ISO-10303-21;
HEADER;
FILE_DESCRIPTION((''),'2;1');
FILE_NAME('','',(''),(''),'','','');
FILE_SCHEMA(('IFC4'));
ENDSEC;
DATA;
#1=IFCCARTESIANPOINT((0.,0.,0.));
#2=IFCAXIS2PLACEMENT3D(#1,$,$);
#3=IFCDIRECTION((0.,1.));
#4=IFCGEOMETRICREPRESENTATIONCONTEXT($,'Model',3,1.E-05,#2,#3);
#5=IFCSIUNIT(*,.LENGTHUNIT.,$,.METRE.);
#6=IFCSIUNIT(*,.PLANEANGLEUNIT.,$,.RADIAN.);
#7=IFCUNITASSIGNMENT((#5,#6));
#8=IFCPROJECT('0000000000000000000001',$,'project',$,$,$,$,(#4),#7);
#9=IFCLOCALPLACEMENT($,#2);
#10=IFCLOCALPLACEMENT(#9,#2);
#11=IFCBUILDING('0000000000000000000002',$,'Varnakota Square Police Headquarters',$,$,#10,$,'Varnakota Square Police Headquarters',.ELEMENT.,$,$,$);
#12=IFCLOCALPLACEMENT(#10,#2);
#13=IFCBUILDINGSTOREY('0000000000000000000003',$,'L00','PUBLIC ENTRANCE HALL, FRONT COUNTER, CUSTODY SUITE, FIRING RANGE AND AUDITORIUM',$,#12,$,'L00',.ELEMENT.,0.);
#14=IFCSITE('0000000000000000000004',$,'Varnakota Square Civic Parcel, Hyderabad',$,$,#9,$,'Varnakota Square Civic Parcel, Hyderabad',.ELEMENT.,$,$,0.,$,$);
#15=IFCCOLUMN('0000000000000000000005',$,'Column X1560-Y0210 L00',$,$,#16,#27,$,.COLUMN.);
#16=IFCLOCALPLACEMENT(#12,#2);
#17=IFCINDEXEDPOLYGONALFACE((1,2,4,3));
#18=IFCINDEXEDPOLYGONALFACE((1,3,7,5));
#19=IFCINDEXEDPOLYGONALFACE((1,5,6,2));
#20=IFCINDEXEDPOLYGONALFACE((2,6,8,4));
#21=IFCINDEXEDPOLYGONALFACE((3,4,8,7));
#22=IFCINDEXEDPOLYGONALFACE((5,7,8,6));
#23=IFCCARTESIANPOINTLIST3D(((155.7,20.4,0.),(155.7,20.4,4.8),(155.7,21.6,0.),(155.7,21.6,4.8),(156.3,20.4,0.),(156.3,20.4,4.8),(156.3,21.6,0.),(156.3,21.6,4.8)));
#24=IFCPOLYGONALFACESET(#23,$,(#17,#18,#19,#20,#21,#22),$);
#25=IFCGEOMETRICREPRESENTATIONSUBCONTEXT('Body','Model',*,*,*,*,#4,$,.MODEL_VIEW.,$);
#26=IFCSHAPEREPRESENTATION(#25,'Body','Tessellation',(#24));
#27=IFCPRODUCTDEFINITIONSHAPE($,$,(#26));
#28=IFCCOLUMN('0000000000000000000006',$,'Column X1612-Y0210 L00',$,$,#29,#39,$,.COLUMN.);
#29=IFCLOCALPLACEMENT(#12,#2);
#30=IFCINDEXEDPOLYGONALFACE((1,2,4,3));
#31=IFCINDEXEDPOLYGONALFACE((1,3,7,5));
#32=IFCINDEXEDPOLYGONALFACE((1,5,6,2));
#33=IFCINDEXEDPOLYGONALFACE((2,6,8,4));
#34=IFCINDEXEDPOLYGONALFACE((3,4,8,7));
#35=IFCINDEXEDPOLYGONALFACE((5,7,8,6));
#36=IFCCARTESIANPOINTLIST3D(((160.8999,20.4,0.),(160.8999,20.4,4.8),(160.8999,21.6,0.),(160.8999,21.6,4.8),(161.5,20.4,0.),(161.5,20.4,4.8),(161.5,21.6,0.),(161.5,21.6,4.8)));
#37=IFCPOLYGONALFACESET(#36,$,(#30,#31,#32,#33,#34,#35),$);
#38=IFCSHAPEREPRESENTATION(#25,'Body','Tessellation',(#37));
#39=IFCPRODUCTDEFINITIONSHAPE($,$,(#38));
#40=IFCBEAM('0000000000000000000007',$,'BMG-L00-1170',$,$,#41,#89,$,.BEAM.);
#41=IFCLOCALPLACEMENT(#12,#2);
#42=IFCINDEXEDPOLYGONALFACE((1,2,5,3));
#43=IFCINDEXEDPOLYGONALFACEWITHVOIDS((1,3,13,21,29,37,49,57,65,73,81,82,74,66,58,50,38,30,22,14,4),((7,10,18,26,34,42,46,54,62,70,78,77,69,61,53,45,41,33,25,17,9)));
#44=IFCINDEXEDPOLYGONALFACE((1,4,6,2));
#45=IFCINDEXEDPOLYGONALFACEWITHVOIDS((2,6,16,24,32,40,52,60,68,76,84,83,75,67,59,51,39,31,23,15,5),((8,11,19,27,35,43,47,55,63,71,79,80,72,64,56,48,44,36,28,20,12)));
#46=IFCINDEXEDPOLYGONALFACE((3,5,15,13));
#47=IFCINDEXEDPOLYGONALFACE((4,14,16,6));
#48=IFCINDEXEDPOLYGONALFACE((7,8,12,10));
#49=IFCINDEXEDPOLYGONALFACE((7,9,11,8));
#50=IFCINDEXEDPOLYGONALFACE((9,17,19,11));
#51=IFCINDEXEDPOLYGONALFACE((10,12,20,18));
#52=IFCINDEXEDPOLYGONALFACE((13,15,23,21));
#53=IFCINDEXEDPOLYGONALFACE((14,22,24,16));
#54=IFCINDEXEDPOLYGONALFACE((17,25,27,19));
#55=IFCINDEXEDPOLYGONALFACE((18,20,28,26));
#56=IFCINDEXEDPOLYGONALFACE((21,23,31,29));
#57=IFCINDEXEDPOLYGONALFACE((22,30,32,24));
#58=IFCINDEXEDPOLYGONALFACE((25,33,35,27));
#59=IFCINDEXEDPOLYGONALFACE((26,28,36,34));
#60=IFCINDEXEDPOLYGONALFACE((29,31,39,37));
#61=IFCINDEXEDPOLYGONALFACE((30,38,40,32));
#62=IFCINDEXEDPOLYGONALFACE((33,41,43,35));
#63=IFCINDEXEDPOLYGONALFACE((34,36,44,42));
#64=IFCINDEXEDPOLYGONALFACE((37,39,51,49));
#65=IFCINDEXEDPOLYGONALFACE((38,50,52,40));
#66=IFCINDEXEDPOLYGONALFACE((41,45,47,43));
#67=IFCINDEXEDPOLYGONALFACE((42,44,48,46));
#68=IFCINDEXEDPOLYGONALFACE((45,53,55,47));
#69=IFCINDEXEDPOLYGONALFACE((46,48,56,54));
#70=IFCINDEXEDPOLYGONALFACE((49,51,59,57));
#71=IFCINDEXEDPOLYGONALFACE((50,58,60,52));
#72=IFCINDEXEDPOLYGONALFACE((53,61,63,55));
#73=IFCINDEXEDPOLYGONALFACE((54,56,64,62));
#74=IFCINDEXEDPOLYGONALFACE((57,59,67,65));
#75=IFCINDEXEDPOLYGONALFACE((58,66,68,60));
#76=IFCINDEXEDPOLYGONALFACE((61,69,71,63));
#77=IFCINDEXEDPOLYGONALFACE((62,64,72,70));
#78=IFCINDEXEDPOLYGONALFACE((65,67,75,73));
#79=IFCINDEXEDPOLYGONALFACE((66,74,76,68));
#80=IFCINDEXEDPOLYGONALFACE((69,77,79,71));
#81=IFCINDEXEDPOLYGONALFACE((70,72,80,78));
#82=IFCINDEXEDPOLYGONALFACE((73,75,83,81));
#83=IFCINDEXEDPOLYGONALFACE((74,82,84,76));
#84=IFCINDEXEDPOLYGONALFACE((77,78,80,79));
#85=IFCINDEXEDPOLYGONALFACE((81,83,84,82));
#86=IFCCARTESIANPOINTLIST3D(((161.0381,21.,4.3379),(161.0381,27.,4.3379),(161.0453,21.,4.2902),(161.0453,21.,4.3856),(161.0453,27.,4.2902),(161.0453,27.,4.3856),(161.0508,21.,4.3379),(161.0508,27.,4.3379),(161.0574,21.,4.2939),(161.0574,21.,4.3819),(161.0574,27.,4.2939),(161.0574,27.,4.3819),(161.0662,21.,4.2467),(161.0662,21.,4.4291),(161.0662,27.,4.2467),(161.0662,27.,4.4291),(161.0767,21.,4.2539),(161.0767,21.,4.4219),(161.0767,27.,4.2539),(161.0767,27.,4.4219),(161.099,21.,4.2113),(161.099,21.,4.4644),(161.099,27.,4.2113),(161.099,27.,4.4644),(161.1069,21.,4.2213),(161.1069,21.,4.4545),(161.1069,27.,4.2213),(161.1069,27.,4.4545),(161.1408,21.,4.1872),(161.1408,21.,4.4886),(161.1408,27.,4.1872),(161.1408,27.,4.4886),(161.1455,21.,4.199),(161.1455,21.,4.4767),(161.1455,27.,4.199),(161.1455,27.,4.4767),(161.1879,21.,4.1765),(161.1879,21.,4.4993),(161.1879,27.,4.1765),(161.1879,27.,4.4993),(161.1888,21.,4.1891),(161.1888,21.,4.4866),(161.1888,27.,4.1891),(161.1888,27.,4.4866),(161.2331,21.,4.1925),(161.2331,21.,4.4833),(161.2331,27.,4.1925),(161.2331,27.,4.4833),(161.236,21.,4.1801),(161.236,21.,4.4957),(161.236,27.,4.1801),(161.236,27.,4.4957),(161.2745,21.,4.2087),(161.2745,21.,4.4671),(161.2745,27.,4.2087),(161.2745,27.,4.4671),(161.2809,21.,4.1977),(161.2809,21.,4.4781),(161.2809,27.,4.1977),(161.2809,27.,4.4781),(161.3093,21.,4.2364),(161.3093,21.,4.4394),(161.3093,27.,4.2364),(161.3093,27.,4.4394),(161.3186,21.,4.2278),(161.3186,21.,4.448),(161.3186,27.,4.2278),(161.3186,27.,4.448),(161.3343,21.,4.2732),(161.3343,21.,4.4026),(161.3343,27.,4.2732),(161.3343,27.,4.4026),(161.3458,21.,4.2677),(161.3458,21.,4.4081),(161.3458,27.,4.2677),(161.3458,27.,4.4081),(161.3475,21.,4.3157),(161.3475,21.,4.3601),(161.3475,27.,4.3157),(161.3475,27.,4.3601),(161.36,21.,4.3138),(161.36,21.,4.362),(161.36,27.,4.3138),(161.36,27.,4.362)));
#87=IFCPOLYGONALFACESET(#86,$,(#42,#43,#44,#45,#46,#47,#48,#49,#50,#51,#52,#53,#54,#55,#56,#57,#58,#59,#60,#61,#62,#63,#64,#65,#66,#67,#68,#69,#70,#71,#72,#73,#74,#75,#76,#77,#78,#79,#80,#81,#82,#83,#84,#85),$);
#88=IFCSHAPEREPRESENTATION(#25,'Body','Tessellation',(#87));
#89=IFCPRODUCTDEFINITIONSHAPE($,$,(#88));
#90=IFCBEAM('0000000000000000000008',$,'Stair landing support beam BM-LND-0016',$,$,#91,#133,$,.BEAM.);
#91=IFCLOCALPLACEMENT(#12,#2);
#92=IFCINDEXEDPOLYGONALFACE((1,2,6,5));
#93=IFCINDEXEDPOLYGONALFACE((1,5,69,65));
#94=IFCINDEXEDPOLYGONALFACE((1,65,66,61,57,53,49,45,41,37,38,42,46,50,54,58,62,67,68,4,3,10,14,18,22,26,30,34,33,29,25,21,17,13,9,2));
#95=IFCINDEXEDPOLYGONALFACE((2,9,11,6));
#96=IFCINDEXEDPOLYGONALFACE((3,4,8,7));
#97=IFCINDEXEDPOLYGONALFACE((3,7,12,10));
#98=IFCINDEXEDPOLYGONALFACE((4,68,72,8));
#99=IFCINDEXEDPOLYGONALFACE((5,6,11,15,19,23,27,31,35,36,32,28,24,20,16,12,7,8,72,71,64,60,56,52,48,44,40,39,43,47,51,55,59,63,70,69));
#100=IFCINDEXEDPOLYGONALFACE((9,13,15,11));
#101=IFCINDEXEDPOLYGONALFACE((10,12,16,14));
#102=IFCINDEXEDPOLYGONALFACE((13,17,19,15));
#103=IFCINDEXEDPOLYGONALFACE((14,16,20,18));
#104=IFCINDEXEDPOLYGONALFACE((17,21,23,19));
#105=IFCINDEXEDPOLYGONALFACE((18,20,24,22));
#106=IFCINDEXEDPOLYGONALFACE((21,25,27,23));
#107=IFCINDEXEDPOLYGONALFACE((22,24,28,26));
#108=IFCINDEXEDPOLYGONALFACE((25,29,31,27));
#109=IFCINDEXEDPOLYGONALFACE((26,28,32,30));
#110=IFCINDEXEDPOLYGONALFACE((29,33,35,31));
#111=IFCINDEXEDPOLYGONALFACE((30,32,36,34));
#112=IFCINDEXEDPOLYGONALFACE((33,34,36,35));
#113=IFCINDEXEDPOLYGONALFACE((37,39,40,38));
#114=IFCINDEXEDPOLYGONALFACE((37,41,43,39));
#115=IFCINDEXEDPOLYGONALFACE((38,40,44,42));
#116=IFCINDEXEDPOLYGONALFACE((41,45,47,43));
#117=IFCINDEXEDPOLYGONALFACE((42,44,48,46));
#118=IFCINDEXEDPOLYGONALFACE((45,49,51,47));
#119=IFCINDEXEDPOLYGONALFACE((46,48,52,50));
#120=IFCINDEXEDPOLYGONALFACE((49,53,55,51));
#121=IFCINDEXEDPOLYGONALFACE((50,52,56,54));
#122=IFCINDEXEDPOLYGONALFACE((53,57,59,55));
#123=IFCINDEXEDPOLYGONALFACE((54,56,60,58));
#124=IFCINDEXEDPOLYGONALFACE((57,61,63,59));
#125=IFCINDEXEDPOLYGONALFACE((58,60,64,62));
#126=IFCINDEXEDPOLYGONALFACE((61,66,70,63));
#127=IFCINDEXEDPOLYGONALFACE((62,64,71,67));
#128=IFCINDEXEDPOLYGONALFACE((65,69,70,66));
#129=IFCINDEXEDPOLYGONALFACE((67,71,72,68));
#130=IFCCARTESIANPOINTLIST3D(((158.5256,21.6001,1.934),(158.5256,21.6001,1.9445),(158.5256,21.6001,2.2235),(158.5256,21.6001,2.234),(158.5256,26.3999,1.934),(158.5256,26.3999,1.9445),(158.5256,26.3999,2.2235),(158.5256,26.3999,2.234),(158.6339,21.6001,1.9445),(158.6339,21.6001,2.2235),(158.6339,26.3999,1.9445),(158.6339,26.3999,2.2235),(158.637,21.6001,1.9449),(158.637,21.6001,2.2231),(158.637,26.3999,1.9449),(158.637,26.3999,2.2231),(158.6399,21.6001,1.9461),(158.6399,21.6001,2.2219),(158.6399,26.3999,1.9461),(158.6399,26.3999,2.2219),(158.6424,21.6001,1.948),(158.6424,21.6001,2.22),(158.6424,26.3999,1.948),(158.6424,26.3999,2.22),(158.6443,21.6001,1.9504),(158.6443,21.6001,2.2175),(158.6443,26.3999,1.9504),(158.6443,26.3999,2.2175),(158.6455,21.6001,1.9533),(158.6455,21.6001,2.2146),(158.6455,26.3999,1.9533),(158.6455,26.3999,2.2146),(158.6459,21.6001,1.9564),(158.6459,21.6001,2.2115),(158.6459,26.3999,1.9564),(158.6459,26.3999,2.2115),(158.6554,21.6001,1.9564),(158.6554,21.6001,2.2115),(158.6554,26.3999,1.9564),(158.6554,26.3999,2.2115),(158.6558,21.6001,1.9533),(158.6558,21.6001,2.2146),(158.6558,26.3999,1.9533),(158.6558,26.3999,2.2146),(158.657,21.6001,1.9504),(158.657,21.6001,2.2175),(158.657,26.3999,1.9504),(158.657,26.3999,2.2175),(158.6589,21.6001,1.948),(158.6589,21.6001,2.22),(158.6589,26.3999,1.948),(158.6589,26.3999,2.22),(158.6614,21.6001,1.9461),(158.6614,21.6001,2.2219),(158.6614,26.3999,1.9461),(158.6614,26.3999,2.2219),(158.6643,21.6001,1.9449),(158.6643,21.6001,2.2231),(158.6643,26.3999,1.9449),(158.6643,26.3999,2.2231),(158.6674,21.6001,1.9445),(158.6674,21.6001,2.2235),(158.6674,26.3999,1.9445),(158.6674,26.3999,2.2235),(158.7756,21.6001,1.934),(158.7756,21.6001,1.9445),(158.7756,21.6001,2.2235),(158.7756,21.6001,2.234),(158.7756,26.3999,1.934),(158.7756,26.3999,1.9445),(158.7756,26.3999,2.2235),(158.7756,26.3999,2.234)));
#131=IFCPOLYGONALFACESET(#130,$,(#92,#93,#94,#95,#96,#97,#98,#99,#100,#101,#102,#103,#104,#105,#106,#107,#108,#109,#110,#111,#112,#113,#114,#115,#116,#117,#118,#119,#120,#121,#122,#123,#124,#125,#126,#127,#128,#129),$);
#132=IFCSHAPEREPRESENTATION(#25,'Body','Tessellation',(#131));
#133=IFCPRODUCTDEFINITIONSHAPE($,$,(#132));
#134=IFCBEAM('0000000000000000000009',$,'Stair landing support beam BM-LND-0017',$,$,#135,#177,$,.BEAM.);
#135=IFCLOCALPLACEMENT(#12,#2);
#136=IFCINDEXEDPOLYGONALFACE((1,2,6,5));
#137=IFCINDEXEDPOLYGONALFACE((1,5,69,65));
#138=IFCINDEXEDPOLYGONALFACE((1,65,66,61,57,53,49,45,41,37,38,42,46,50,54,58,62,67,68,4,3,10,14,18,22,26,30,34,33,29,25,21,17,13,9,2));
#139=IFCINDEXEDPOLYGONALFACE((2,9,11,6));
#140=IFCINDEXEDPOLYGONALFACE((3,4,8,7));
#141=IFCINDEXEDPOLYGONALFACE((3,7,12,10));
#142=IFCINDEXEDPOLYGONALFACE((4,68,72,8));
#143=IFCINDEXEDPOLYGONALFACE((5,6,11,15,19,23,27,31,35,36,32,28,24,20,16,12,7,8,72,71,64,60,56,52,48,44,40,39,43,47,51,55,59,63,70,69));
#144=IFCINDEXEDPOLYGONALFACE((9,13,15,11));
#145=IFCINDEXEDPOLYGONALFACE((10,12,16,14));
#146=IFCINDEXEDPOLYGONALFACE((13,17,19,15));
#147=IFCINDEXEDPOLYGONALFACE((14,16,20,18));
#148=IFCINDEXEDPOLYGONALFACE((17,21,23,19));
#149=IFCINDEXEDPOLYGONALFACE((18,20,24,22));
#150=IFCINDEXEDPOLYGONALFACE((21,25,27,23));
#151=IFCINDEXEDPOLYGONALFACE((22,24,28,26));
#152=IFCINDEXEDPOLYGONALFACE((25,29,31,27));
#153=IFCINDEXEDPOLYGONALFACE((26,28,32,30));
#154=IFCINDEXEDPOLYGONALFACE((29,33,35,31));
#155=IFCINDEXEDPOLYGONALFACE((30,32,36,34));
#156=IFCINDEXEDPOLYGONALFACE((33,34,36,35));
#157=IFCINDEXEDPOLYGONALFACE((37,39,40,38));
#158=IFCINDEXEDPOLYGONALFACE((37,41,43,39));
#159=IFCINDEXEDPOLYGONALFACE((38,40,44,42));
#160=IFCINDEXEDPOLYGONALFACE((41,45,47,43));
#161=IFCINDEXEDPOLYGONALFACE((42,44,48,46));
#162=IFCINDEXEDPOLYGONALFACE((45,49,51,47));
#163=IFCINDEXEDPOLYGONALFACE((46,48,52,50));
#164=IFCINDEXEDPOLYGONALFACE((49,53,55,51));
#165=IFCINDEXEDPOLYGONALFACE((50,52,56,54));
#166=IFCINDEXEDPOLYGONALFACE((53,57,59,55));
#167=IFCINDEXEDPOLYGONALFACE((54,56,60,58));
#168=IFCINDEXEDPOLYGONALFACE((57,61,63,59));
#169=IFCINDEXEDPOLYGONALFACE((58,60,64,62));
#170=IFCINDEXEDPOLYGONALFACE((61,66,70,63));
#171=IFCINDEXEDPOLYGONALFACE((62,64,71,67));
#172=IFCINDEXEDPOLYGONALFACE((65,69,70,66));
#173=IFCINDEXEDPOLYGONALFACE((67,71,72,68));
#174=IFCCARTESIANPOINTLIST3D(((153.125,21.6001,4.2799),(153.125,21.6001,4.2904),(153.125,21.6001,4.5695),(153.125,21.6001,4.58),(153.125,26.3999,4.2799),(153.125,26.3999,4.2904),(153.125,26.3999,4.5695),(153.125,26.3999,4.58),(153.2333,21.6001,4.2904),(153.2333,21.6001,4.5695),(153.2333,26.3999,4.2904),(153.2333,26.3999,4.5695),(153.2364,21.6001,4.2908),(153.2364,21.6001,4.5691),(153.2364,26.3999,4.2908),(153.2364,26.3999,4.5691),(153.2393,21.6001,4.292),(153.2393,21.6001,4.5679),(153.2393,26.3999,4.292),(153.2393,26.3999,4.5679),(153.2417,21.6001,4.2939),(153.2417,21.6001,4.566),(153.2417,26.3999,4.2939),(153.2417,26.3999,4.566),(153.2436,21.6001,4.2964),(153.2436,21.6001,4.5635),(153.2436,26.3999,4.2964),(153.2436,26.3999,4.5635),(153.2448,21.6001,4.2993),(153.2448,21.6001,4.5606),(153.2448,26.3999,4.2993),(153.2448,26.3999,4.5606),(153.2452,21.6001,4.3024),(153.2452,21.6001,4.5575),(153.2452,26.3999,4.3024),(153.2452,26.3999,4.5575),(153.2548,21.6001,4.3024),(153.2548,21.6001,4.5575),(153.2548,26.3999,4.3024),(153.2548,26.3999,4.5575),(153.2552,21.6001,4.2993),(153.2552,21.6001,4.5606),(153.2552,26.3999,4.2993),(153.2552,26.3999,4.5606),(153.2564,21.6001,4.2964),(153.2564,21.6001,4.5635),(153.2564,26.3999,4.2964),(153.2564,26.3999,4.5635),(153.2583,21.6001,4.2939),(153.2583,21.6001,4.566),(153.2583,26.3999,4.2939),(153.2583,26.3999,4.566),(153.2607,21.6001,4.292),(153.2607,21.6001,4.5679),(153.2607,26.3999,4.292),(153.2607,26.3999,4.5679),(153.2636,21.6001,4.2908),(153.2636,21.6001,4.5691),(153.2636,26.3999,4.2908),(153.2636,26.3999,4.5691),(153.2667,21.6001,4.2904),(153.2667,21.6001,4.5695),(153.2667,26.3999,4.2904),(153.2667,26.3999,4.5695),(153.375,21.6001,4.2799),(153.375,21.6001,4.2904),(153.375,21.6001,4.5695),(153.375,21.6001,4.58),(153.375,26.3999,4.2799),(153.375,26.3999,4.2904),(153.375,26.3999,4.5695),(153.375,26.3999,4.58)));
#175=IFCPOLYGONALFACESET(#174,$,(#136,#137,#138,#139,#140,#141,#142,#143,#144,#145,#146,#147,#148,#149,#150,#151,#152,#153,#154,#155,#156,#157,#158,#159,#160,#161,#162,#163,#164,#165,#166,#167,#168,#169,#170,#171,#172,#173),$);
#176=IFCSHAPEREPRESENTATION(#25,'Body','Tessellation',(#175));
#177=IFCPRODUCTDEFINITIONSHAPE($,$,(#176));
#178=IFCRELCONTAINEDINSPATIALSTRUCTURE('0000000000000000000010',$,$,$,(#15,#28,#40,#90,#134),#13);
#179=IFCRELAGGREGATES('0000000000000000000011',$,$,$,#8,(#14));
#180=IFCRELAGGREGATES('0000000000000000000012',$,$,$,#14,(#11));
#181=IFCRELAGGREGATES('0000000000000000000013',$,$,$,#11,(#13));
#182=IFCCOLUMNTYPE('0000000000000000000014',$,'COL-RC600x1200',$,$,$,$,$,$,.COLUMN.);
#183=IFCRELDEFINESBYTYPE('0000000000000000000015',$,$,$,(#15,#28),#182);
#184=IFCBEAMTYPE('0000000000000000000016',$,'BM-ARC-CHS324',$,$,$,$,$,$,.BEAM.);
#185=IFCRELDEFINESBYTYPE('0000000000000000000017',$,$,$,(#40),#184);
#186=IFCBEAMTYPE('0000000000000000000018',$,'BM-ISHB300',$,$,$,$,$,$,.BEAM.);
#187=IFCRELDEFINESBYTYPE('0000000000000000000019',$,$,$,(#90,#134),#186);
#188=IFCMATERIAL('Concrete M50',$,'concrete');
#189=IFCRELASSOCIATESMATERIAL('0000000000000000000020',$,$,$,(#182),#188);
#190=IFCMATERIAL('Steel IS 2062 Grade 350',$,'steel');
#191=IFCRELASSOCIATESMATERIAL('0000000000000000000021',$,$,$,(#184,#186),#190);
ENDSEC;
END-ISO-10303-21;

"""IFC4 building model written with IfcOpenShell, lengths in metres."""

from ifc_helpers import new_model, si_unit, direction, frame, origin, origin_2d, place, context, subcontext, project, spatial, rectangle, hollow_circle, i_section, extrude, material, material_profile, profile_set, type_object, element, save


model = new_model("IFC4")

# Units and contexts
model_context = context("Model", 3, precision=1e-05, world=origin(), true_north=direction((0.0, 1.0)))
body_context = subcontext(model_context, "Body", "Model", "MODEL_VIEW")
ifc_project = project(units=[si_unit("LENGTHUNIT", "METRE"), si_unit("PLANEANGLEUNIT", "RADIAN")], contexts=[model_context])

# Site, building, storey
site_placement = place(None, origin())
site = spatial("IfcSite", under=ifc_project, at=site_placement, Name="Varnakota Square Civic Parcel, Hyderabad", LongName="Varnakota Square Civic Parcel, Hyderabad", CompositionType="ELEMENT", RefElevation=0.0)
building_placement = place(site_placement, origin())
building = spatial("IfcBuilding", under=site, at=building_placement, Name="Varnakota Square Police Headquarters", LongName="Varnakota Square Police Headquarters", CompositionType="ELEMENT")
storey_placement = place(building_placement, origin())
storey = spatial("IfcBuildingStorey", under=building, at=storey_placement, Name="L00", Description="PUBLIC ENTRANCE HALL, FRONT COUNTER, CUSTODY SUITE, FIRING RANGE AND AUDITORIUM", LongName="L00", CompositionType="ELEMENT", Elevation=0.0)

# Columns
ifc_material_1 = material(Name="Concrete M50", Category="concrete")
ifc_material_profile_1 = material_profile(ifc_material_1, rectangle(XDim=0.6001, YDim=1.2, at=origin_2d()), Name="RC 600x1200")
ifc_profile_set_1 = profile_set([ifc_material_profile_1], Name="Concrete M50")
column_type = type_object("IfcColumnType", Name="COL-RC600x1200", PredefinedType="COLUMN", material=ifc_profile_set_1)
for number, where, z_axis, x_axis, name in (
    (1, (156.0, 21.0, 0.0), (0.0, 0.0, 1.0), (1.0, 0.0, 0.0), "Column X1560-Y0210 L00"),
    (2, (161.2, 21.0, 0.0), (0.0, 0.0, 1.0), (1.0, 0.0, 0.0), "Column X1612-Y0210 L00"),
):
    element("IfcColumn", number, at=place(storey_placement, frame(where, z_axis=z_axis, x_axis=x_axis)), inside=storey, type_object=column_type, Name=name, PredefinedType="COLUMN", context=body_context, shape_type="SweptSolid", body=[
        extrude(rectangle(XDim=0.6001, YDim=1.2, at=origin_2d()), origin(), (0.0, 0.0, 1.0), 4.8),
    ])

# Beams
ifc_material_2 = material(Name="Steel IS 2062 Grade 350", Category="steel")
ifc_material_profile_2 = material_profile(ifc_material_2, hollow_circle(Radius=0.1619, WallThickness=0.0127, at=origin_2d()), Name="CHS 323.9x12.7")
ifc_profile_set_2 = profile_set([ifc_material_profile_2], Name="Steel IS 2062 Grade 350")
beam_type_1 = type_object("IfcBeamType", Name="BM-ARC-CHS324", PredefinedType="BEAM", material=ifc_profile_set_2)
beam_1_placement = place(storey_placement, frame((161.2, 21.0, 4.3379), z_axis=(0.0, 1.0, 0.0), x_axis=(-1.0, 0.0, 0.0)))
element("IfcBeam", 3, at=beam_1_placement, inside=storey, type_object=beam_type_1, Name="BMG-L00-1170", PredefinedType="BEAM", context=body_context, shape_type="SweptSolid", body=[
    extrude(hollow_circle(Radius=0.1619, WallThickness=0.0127, at=origin_2d()), origin(), (0.0, 0.0, 1.0), 6.0),
])
ifc_material_profile_3 = material_profile(ifc_material_2, i_section(OverallWidth=0.25, OverallDepth=0.3, WebThickness=0.0095, FlangeThickness=0.0105, FilletRadius=0.012, at=origin_2d()), Name="ISHB 300")
ifc_profile_set_3 = profile_set([ifc_material_profile_3], Name="Steel IS 2062 Grade 350")
beam_type_2 = type_object("IfcBeamType", Name="BM-ISHB300", PredefinedType="BEAM", material=ifc_profile_set_3)
for number, where, z_axis, x_axis, name in (
    (4, (158.6506, 21.6001, 2.084), (0.0, 1.0, 0.0), (-1.0, 0.0, 0.0), "Stair landing support beam BM-LND-0016"),
    (5, (153.25, 21.6001, 4.4299), (0.0, 1.0, 0.0), (-1.0, 0.0, 0.0), "Stair landing support beam BM-LND-0017"),
):
    element("IfcBeam", number, at=place(storey_placement, frame(where, z_axis=z_axis, x_axis=x_axis)), inside=storey, type_object=beam_type_2, Name=name, PredefinedType="BEAM", context=body_context, shape_type="SweptSolid", body=[
        extrude(i_section(OverallWidth=0.25, OverallDepth=0.3, WebThickness=0.0095, FlangeThickness=0.0105, FilletRadius=0.012, at=origin_2d()), origin(), (0.0, 0.0, 1.0), 4.7998),
    ])

save(model, "model.ifc")
